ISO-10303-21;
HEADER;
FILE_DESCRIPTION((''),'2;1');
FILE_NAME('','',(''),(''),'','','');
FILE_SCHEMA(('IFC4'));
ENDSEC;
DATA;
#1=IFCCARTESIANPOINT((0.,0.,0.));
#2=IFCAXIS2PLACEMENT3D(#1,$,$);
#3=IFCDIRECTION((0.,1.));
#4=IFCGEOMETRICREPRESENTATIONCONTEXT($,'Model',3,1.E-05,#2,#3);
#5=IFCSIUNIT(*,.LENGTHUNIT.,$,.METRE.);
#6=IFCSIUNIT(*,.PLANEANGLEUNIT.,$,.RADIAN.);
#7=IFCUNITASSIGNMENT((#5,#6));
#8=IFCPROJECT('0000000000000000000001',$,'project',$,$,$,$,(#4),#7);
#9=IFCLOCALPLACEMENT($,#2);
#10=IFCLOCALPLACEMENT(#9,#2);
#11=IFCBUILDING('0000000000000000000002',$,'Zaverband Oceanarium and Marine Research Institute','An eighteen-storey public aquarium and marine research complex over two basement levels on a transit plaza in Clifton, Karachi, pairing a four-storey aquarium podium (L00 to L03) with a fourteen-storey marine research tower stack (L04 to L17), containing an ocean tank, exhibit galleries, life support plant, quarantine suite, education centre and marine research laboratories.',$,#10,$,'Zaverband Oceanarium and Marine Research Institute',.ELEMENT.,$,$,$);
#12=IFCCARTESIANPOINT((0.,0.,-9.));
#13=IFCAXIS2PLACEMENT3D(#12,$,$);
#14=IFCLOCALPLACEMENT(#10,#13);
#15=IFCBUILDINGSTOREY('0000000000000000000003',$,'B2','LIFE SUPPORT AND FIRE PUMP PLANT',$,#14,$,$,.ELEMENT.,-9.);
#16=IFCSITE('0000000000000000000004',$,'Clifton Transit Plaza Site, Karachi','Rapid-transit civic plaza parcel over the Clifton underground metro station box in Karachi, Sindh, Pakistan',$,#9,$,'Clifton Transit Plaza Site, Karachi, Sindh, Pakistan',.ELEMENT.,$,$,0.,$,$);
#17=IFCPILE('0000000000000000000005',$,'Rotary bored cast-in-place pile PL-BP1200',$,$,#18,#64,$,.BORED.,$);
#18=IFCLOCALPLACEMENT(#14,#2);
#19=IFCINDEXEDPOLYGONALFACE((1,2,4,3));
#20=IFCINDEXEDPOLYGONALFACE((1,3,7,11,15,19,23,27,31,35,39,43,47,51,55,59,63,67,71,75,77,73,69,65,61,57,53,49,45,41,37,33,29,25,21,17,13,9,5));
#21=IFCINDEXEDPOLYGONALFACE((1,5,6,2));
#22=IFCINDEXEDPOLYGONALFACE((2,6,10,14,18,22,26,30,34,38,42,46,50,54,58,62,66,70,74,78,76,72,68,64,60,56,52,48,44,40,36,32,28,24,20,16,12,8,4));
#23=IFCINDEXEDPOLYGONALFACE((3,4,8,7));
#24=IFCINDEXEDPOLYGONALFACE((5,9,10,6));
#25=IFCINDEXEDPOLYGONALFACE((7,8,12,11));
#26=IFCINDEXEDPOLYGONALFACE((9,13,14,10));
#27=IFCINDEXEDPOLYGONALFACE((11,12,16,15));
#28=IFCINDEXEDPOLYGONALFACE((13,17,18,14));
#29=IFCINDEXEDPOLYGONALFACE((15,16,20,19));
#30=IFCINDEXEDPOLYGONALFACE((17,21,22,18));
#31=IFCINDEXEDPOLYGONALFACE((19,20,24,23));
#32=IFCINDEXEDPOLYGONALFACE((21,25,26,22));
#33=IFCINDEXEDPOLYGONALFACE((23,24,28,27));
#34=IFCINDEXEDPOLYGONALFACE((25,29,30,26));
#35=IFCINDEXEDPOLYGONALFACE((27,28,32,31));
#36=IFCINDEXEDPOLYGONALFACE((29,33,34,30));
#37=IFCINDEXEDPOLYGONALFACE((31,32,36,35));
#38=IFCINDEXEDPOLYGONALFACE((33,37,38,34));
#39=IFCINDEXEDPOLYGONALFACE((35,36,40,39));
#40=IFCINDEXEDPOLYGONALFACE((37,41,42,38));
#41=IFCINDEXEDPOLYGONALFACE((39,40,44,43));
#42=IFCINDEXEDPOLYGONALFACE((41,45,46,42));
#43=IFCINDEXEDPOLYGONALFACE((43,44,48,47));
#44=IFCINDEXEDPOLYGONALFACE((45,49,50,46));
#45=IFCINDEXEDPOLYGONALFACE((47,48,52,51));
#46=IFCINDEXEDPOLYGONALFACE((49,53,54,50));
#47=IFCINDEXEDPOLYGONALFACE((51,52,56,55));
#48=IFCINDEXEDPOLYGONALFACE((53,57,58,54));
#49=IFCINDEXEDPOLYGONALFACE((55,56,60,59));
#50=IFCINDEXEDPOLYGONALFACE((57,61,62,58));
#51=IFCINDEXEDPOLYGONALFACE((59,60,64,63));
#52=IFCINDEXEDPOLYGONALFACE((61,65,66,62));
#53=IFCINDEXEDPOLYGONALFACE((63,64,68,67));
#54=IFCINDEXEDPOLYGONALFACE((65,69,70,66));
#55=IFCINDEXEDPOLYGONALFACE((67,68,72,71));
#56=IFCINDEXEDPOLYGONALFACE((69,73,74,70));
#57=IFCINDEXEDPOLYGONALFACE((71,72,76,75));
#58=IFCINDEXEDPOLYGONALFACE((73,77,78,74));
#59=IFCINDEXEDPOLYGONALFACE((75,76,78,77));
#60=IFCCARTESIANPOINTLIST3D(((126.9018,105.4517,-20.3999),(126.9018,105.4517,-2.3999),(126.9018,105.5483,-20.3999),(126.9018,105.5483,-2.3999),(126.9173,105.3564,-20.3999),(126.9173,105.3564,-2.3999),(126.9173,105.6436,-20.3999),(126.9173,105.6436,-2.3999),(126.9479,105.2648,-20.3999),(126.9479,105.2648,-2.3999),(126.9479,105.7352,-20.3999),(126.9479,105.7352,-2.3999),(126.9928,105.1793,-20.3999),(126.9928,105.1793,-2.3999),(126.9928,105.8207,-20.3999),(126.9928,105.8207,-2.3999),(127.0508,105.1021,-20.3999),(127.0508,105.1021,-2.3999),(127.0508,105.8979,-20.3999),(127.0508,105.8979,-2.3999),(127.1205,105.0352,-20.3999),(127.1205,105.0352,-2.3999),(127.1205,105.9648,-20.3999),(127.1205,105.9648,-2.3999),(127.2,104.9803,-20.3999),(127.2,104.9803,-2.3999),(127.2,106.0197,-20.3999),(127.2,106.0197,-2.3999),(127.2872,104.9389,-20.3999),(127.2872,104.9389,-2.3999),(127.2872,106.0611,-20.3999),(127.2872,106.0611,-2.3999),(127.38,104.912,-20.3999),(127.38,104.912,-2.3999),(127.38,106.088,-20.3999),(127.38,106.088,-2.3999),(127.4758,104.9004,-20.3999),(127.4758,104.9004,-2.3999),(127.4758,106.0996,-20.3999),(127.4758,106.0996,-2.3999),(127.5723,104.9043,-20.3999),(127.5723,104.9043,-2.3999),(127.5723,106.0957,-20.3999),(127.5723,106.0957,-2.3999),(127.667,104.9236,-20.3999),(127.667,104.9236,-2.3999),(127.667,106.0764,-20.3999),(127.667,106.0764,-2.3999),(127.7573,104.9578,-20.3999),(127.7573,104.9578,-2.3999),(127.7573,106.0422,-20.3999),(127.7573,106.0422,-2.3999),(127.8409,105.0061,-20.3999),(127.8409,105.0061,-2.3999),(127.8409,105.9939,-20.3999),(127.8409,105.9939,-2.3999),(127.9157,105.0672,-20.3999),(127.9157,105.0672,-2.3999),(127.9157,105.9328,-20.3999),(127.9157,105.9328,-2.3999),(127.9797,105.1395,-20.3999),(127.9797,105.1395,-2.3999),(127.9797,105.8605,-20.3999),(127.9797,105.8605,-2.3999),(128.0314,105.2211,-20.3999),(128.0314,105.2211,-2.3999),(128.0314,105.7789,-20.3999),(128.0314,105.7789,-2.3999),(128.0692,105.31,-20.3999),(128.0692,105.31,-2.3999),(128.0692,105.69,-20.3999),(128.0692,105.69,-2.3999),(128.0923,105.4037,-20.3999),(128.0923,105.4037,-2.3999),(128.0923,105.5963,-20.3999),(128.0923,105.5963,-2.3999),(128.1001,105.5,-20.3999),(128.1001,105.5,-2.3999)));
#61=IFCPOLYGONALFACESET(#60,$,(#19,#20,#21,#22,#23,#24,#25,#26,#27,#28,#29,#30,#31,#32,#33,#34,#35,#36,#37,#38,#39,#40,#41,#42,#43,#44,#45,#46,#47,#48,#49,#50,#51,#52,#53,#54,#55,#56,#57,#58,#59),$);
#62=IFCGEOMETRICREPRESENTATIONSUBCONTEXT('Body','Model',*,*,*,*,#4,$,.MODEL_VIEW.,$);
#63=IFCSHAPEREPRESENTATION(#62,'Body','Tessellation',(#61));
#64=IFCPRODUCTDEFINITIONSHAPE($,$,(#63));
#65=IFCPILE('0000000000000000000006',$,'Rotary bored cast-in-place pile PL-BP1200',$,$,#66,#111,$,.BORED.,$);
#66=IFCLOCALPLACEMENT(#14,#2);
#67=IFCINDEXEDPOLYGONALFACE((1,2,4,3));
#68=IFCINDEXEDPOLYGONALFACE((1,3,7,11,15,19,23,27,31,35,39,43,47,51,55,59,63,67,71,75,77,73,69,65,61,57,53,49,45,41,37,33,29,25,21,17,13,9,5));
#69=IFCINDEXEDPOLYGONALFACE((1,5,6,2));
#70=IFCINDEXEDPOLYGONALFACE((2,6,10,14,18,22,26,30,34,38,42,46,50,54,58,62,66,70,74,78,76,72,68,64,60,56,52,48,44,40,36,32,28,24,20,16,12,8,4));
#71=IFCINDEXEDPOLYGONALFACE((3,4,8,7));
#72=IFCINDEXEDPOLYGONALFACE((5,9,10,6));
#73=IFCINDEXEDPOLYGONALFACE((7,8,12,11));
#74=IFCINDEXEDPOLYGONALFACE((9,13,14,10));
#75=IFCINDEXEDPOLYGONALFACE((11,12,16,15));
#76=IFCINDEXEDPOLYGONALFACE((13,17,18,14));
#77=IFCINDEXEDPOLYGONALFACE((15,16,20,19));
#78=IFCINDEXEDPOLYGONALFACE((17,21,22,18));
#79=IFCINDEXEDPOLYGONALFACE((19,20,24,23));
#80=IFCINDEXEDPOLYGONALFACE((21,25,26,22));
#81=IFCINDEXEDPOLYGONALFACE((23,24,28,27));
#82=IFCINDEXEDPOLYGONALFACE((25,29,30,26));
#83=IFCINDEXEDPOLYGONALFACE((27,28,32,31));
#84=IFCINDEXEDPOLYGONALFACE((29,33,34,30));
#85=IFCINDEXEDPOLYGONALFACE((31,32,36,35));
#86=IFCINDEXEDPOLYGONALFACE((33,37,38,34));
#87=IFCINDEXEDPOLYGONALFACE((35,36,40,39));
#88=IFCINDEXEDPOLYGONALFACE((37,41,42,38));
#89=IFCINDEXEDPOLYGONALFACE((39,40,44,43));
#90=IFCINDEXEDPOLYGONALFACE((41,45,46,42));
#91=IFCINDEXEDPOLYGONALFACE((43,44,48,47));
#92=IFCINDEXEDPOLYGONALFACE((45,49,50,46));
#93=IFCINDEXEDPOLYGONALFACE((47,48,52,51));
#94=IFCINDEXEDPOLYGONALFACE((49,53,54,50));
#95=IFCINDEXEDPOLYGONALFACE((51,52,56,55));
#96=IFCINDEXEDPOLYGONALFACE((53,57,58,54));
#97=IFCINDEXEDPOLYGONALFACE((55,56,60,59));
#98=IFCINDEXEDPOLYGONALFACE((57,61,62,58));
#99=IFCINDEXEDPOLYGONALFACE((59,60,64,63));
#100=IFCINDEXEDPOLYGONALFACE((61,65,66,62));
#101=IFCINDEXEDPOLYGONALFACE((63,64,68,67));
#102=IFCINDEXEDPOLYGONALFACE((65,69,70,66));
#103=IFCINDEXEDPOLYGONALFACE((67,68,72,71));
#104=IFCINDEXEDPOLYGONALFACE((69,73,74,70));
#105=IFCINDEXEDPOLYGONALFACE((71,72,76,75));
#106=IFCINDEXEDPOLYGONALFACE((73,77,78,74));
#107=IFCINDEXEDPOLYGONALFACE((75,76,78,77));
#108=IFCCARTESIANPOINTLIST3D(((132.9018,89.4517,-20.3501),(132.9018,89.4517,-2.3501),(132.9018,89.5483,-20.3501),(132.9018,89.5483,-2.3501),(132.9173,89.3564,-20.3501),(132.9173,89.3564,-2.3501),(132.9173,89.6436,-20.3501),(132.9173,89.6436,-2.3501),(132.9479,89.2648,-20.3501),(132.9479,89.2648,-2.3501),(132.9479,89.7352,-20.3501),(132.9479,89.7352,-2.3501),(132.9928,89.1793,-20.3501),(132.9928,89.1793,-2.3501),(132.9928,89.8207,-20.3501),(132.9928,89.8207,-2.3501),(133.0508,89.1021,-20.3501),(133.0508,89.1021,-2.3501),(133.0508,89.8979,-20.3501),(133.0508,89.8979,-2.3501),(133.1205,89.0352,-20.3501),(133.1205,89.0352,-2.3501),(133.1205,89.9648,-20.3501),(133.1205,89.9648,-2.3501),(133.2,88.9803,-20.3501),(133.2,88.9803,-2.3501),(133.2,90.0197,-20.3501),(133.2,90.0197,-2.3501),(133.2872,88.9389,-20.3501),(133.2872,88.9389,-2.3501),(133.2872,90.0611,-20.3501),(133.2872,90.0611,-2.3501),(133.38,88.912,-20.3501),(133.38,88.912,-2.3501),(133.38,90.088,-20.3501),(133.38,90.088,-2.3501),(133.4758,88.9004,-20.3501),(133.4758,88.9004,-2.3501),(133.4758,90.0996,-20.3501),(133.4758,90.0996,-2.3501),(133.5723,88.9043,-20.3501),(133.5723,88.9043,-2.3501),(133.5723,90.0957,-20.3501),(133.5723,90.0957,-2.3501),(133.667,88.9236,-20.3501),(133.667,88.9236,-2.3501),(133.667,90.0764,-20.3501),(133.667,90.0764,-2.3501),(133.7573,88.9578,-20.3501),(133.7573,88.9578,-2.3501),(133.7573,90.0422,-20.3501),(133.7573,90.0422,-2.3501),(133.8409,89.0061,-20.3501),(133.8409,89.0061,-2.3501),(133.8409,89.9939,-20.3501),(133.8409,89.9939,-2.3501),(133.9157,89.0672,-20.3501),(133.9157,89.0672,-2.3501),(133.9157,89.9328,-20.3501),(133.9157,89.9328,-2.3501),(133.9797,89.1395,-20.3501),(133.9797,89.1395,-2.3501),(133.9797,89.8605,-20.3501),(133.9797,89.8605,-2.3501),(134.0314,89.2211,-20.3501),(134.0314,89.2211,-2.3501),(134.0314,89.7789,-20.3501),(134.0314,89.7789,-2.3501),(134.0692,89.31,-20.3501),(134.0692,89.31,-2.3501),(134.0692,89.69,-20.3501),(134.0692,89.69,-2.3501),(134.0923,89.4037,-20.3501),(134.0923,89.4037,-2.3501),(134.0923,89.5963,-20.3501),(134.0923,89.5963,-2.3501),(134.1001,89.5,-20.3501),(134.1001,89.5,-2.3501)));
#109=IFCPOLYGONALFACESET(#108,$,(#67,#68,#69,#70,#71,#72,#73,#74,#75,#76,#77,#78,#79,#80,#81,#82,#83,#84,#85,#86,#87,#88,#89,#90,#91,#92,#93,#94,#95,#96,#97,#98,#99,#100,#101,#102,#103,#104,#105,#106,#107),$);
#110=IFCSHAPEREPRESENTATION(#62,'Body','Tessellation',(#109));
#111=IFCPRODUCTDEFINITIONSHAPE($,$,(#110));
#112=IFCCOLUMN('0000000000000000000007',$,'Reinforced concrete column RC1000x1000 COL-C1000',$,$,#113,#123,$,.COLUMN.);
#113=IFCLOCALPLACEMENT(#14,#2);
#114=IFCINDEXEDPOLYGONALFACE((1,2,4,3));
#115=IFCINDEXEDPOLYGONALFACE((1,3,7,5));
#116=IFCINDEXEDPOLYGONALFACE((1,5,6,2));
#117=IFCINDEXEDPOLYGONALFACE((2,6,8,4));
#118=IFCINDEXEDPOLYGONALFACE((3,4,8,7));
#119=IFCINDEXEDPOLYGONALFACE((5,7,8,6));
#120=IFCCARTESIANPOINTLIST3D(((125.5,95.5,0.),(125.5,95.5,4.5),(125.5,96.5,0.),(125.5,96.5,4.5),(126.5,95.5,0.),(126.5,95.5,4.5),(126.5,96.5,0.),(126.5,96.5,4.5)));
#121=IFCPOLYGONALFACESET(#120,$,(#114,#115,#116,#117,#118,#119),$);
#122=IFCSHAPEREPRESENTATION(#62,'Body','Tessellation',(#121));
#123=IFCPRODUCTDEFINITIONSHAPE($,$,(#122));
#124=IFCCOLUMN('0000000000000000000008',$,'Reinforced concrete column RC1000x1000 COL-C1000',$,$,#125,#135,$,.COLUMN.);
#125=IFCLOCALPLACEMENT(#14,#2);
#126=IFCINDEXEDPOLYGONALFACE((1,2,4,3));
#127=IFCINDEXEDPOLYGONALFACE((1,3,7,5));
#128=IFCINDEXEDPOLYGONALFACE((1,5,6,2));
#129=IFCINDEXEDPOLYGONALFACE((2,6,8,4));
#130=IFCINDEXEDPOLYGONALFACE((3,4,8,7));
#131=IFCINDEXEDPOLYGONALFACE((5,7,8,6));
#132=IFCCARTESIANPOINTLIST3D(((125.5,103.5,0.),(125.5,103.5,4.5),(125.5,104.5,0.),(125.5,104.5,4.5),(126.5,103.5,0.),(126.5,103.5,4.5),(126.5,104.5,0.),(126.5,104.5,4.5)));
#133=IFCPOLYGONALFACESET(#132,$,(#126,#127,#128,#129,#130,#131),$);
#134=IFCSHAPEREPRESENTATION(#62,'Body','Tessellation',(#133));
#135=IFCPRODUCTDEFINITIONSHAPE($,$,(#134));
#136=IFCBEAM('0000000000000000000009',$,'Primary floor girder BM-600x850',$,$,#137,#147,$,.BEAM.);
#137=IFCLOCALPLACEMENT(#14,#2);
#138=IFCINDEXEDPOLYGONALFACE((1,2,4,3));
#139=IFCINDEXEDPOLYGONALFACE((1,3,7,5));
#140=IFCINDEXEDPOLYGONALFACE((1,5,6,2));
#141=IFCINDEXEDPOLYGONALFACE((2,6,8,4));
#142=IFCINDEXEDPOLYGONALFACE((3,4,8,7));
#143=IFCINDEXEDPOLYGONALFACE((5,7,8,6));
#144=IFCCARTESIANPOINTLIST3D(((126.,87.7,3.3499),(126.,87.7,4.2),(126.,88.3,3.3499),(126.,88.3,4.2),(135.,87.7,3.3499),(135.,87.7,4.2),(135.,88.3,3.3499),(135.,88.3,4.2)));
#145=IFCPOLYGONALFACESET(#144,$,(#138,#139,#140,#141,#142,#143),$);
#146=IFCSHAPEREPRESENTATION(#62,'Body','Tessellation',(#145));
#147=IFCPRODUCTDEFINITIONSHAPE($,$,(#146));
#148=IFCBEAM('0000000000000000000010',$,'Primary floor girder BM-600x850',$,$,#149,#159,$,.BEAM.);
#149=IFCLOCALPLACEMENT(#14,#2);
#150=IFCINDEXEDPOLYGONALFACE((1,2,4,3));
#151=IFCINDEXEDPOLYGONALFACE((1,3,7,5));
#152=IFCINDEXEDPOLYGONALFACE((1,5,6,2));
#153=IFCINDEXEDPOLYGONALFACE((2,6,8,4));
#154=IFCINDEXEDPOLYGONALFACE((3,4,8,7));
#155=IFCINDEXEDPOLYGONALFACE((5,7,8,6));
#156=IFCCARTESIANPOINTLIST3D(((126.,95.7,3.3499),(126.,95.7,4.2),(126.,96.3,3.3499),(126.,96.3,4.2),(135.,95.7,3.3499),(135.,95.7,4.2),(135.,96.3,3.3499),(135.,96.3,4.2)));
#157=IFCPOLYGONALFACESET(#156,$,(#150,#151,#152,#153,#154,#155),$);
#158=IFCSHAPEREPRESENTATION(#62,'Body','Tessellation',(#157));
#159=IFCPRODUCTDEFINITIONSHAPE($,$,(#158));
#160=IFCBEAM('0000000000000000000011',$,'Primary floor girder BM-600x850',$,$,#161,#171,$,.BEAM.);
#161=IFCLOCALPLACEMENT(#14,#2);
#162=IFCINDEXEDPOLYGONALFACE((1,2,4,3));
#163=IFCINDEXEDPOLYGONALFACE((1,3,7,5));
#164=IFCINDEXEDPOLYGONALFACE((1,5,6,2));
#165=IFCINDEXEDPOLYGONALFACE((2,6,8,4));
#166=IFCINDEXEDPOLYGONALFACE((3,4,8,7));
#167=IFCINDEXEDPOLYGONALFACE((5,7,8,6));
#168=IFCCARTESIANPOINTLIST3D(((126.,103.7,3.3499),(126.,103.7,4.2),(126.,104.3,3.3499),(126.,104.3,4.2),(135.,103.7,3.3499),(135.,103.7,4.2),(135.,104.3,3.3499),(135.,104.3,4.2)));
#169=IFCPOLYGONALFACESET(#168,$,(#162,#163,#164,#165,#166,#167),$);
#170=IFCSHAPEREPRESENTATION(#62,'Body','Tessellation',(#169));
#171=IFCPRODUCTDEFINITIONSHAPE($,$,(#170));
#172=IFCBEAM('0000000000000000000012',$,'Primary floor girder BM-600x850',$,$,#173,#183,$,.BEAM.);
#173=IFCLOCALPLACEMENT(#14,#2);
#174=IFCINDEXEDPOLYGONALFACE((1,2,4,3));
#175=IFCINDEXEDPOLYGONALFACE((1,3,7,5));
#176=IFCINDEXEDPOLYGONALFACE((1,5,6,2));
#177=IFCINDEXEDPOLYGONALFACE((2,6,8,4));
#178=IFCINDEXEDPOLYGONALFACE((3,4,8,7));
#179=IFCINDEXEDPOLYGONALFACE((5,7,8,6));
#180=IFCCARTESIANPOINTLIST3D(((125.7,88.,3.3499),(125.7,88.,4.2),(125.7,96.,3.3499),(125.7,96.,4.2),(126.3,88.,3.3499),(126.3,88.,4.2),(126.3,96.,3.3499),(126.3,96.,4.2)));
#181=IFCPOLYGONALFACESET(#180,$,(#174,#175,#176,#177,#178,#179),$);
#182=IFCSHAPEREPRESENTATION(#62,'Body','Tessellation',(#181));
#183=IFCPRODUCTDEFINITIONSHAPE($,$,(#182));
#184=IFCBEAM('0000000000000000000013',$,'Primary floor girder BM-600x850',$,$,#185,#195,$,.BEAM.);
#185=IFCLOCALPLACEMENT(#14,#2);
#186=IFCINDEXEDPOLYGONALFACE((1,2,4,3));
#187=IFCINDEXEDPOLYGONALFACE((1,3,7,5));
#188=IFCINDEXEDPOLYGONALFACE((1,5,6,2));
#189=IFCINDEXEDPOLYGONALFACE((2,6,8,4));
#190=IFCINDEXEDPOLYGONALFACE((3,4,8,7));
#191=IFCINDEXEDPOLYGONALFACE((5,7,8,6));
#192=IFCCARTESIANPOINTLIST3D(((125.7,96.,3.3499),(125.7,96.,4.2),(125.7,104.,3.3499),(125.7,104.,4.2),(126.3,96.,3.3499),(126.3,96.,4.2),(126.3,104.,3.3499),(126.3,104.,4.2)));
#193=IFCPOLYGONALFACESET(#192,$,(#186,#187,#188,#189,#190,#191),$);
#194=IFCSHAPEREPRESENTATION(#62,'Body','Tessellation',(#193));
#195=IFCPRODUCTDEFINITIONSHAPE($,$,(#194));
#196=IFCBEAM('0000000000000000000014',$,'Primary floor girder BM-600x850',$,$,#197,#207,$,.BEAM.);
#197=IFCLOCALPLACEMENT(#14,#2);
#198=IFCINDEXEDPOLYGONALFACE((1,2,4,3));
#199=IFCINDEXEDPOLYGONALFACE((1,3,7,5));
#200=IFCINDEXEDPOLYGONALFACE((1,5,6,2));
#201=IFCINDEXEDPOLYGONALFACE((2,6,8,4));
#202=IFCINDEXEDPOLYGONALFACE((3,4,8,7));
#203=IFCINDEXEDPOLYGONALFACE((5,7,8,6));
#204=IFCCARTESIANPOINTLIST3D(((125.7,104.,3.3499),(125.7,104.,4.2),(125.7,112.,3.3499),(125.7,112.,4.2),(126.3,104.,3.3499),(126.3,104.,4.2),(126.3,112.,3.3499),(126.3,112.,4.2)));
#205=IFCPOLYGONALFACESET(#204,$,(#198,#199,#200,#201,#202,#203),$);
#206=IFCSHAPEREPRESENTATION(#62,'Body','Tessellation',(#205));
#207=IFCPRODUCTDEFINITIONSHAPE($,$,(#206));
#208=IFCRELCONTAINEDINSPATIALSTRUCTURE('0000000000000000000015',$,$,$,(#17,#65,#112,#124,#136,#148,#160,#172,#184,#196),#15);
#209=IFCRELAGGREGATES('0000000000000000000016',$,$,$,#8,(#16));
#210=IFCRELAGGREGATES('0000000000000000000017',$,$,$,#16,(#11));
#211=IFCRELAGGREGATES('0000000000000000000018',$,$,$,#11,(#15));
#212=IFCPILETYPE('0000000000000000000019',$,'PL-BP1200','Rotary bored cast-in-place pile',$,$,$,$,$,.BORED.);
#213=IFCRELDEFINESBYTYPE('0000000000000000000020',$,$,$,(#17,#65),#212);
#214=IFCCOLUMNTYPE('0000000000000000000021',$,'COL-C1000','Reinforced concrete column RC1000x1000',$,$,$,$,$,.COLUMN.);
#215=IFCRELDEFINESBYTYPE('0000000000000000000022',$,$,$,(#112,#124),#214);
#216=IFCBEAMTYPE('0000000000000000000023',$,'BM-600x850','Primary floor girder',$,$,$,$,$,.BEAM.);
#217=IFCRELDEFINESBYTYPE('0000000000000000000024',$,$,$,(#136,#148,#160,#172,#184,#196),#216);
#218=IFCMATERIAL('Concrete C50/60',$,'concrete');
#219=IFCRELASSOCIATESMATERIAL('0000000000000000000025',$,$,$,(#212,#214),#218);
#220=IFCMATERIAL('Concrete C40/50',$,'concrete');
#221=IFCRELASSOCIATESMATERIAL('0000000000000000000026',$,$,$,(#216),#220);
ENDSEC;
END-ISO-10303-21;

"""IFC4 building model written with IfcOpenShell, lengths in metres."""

from ifc_helpers import new_model, si_unit, direction, frame, origin, origin_2d, place, context, subcontext, project, spatial, rectangle, circle, extrude, material, material_profile, profile_set, type_object, element, save


model = new_model("IFC4")

# Units and contexts
model_context = context("Model", 3, precision=1e-05, world=origin(), true_north=direction((0.0, 1.0)))
body_context = subcontext(model_context, "Body", "Model", "MODEL_VIEW")
ifc_project = project(units=[si_unit("LENGTHUNIT", "METRE"), si_unit("PLANEANGLEUNIT", "RADIAN")], contexts=[model_context])

# Site, building, storey
site_placement = place(None, origin())
site = spatial("IfcSite", under=ifc_project, at=site_placement, Name="Clifton Transit Plaza Site, Karachi", Description="Rapid-transit civic plaza parcel over the Clifton underground metro station box in Karachi, Sindh, Pakistan", LongName="Clifton Transit Plaza Site, Karachi, Sindh, Pakistan", CompositionType="ELEMENT", RefElevation=0.0)
building_placement = place(site_placement, origin())
building = spatial("IfcBuilding", under=site, at=building_placement, Name="Zaverband Oceanarium and Marine Research Institute", Description="An eighteen-storey public aquarium and marine research complex over two basement levels on a transit plaza in Clifton, Karachi, pairing a four-storey aquarium podium (L00 to L03) with a fourteen-storey marine research tower stack (L04 to L17), containing an ocean tank, exhibit galleries, life support plant, quarantine suite, education centre and marine research laboratories.", LongName="Zaverband Oceanarium and Marine Research Institute", CompositionType="ELEMENT")
storey_placement = place(building_placement, frame((0.0, 0.0, -9.0)))
storey = spatial("IfcBuildingStorey", under=building, at=storey_placement, Name="B2", Description="LIFE SUPPORT AND FIRE PUMP PLANT", CompositionType="ELEMENT", Elevation=-9.0)

# Shared definitions
ifc_material_1 = material(Name="Concrete C50/60", Category="concrete")

# Piles
ifc_material_profile_1 = material_profile(ifc_material_1, circle(Radius=0.6001, at=origin_2d()), Name="BP1200")
ifc_profile_set_1 = profile_set([ifc_material_profile_1], Name="Concrete C50/60")
pile_type = type_object("IfcPileType", Name="PL-BP1200", Description="Rotary bored cast-in-place pile", PredefinedType="BORED", material=ifc_profile_set_1)
for number, where, z_axis, x_axis, name in (
    (1, (127.5, 105.5, -2.3999), (0.0, 0.0, -1.0), (1.0, 0.0, 0.0), "Rotary bored cast-in-place pile PL-BP1200"),
    (2, (133.5, 89.5, -2.3501), (0.0, 0.0, -1.0), (1.0, 0.0, 0.0), "Rotary bored cast-in-place pile PL-BP1200"),
):
    element("IfcPile", number, at=place(storey_placement, frame(where, z_axis=z_axis, x_axis=x_axis)), inside=storey, type_object=pile_type, Name=name, PredefinedType="BORED", context=body_context, shape_type="SweptSolid", body=[
        extrude(circle(Radius=0.6001, at=origin_2d()), origin(), (0.0, 0.0, 1.0), 18.0),
    ])

# Columns
ifc_material_profile_2 = material_profile(ifc_material_1, rectangle(XDim=1.0, YDim=1.0, at=origin_2d()), Name="RC1000x1000")
ifc_profile_set_2 = profile_set([ifc_material_profile_2], Name="Concrete C50/60")
column_type = type_object("IfcColumnType", Name="COL-C1000", Description="Reinforced concrete column RC1000x1000", PredefinedType="COLUMN", material=ifc_profile_set_2)
for number, where, z_axis, x_axis, name in (
    (3, (126.0, 96.0, 0.0), (0.0, 0.0, 1.0), (1.0, 0.0, 0.0), "Reinforced concrete column RC1000x1000 COL-C1000"),
    (4, (126.0, 104.0, 0.0), (0.0, 0.0, 1.0), (1.0, 0.0, 0.0), "Reinforced concrete column RC1000x1000 COL-C1000"),
):
    element("IfcColumn", number, at=place(storey_placement, frame(where, z_axis=z_axis, x_axis=x_axis)), inside=storey, type_object=column_type, Name=name, PredefinedType="COLUMN", context=body_context, shape_type="SweptSolid", body=[
        extrude(rectangle(XDim=1.0, YDim=1.0, at=origin_2d()), origin(), (0.0, 0.0, 1.0), 4.5),
    ])

# Beams
ifc_material_2 = material(Name="Concrete C40/50", Category="concrete")
ifc_material_profile_3 = material_profile(ifc_material_2, rectangle(XDim=0.6001, YDim=0.8501, at=origin_2d()), Name="RC600x850")
ifc_profile_set_3 = profile_set([ifc_material_profile_3], Name="Concrete C40/50")
beam_type_1 = type_object("IfcBeamType", Name="BM-600x850", Description="Primary floor girder", PredefinedType="BEAM", material=ifc_profile_set_3)
for number, where, z_axis, x_axis, name in (
    (5, (126.0, 88.0, 3.7749), (1.0, 0.0, 0.0), (0.0, 1.0, 0.0), "Primary floor girder BM-600x850"),
    (6, (126.0, 96.0, 3.7749), (1.0, 0.0, 0.0), (0.0, 1.0, 0.0), "Primary floor girder BM-600x850"),
    (7, (126.0, 104.0, 3.7749), (1.0, 0.0, 0.0), (0.0, 1.0, 0.0), "Primary floor girder BM-600x850"),
):
    element("IfcBeam", number, at=place(storey_placement, frame(where, z_axis=z_axis, x_axis=x_axis)), inside=storey, type_object=beam_type_1, Name=name, PredefinedType="BEAM", context=body_context, shape_type="SweptSolid", body=[
        extrude(rectangle(XDim=0.6001, YDim=0.8501, at=origin_2d()), origin(), (0.0, 0.0, 1.0), 9.0),
    ])
for number, where, z_axis, x_axis, name in (
    (8, (126.0, 88.0, 3.7749), (0.0, 1.0, 0.0), (-1.0, 0.0, 0.0), "Primary floor girder BM-600x850"),
    (9, (126.0, 96.0, 3.7749), (0.0, 1.0, 0.0), (-1.0, 0.0, 0.0), "Primary floor girder BM-600x850"),
    (10, (126.0, 104.0, 3.7749), (0.0, 1.0, 0.0), (-1.0, 0.0, 0.0), "Primary floor girder BM-600x850"),
):
    element("IfcBeam", number, at=place(storey_placement, frame(where, z_axis=z_axis, x_axis=x_axis)), inside=storey, type_object=beam_type_1, Name=name, PredefinedType="BEAM", context=body_context, shape_type="SweptSolid", body=[
        extrude(rectangle(XDim=0.6001, YDim=0.8501, at=origin_2d()), origin(), (0.0, 0.0, 1.0), 8.0),
    ])

save(model, "model.ifc")
